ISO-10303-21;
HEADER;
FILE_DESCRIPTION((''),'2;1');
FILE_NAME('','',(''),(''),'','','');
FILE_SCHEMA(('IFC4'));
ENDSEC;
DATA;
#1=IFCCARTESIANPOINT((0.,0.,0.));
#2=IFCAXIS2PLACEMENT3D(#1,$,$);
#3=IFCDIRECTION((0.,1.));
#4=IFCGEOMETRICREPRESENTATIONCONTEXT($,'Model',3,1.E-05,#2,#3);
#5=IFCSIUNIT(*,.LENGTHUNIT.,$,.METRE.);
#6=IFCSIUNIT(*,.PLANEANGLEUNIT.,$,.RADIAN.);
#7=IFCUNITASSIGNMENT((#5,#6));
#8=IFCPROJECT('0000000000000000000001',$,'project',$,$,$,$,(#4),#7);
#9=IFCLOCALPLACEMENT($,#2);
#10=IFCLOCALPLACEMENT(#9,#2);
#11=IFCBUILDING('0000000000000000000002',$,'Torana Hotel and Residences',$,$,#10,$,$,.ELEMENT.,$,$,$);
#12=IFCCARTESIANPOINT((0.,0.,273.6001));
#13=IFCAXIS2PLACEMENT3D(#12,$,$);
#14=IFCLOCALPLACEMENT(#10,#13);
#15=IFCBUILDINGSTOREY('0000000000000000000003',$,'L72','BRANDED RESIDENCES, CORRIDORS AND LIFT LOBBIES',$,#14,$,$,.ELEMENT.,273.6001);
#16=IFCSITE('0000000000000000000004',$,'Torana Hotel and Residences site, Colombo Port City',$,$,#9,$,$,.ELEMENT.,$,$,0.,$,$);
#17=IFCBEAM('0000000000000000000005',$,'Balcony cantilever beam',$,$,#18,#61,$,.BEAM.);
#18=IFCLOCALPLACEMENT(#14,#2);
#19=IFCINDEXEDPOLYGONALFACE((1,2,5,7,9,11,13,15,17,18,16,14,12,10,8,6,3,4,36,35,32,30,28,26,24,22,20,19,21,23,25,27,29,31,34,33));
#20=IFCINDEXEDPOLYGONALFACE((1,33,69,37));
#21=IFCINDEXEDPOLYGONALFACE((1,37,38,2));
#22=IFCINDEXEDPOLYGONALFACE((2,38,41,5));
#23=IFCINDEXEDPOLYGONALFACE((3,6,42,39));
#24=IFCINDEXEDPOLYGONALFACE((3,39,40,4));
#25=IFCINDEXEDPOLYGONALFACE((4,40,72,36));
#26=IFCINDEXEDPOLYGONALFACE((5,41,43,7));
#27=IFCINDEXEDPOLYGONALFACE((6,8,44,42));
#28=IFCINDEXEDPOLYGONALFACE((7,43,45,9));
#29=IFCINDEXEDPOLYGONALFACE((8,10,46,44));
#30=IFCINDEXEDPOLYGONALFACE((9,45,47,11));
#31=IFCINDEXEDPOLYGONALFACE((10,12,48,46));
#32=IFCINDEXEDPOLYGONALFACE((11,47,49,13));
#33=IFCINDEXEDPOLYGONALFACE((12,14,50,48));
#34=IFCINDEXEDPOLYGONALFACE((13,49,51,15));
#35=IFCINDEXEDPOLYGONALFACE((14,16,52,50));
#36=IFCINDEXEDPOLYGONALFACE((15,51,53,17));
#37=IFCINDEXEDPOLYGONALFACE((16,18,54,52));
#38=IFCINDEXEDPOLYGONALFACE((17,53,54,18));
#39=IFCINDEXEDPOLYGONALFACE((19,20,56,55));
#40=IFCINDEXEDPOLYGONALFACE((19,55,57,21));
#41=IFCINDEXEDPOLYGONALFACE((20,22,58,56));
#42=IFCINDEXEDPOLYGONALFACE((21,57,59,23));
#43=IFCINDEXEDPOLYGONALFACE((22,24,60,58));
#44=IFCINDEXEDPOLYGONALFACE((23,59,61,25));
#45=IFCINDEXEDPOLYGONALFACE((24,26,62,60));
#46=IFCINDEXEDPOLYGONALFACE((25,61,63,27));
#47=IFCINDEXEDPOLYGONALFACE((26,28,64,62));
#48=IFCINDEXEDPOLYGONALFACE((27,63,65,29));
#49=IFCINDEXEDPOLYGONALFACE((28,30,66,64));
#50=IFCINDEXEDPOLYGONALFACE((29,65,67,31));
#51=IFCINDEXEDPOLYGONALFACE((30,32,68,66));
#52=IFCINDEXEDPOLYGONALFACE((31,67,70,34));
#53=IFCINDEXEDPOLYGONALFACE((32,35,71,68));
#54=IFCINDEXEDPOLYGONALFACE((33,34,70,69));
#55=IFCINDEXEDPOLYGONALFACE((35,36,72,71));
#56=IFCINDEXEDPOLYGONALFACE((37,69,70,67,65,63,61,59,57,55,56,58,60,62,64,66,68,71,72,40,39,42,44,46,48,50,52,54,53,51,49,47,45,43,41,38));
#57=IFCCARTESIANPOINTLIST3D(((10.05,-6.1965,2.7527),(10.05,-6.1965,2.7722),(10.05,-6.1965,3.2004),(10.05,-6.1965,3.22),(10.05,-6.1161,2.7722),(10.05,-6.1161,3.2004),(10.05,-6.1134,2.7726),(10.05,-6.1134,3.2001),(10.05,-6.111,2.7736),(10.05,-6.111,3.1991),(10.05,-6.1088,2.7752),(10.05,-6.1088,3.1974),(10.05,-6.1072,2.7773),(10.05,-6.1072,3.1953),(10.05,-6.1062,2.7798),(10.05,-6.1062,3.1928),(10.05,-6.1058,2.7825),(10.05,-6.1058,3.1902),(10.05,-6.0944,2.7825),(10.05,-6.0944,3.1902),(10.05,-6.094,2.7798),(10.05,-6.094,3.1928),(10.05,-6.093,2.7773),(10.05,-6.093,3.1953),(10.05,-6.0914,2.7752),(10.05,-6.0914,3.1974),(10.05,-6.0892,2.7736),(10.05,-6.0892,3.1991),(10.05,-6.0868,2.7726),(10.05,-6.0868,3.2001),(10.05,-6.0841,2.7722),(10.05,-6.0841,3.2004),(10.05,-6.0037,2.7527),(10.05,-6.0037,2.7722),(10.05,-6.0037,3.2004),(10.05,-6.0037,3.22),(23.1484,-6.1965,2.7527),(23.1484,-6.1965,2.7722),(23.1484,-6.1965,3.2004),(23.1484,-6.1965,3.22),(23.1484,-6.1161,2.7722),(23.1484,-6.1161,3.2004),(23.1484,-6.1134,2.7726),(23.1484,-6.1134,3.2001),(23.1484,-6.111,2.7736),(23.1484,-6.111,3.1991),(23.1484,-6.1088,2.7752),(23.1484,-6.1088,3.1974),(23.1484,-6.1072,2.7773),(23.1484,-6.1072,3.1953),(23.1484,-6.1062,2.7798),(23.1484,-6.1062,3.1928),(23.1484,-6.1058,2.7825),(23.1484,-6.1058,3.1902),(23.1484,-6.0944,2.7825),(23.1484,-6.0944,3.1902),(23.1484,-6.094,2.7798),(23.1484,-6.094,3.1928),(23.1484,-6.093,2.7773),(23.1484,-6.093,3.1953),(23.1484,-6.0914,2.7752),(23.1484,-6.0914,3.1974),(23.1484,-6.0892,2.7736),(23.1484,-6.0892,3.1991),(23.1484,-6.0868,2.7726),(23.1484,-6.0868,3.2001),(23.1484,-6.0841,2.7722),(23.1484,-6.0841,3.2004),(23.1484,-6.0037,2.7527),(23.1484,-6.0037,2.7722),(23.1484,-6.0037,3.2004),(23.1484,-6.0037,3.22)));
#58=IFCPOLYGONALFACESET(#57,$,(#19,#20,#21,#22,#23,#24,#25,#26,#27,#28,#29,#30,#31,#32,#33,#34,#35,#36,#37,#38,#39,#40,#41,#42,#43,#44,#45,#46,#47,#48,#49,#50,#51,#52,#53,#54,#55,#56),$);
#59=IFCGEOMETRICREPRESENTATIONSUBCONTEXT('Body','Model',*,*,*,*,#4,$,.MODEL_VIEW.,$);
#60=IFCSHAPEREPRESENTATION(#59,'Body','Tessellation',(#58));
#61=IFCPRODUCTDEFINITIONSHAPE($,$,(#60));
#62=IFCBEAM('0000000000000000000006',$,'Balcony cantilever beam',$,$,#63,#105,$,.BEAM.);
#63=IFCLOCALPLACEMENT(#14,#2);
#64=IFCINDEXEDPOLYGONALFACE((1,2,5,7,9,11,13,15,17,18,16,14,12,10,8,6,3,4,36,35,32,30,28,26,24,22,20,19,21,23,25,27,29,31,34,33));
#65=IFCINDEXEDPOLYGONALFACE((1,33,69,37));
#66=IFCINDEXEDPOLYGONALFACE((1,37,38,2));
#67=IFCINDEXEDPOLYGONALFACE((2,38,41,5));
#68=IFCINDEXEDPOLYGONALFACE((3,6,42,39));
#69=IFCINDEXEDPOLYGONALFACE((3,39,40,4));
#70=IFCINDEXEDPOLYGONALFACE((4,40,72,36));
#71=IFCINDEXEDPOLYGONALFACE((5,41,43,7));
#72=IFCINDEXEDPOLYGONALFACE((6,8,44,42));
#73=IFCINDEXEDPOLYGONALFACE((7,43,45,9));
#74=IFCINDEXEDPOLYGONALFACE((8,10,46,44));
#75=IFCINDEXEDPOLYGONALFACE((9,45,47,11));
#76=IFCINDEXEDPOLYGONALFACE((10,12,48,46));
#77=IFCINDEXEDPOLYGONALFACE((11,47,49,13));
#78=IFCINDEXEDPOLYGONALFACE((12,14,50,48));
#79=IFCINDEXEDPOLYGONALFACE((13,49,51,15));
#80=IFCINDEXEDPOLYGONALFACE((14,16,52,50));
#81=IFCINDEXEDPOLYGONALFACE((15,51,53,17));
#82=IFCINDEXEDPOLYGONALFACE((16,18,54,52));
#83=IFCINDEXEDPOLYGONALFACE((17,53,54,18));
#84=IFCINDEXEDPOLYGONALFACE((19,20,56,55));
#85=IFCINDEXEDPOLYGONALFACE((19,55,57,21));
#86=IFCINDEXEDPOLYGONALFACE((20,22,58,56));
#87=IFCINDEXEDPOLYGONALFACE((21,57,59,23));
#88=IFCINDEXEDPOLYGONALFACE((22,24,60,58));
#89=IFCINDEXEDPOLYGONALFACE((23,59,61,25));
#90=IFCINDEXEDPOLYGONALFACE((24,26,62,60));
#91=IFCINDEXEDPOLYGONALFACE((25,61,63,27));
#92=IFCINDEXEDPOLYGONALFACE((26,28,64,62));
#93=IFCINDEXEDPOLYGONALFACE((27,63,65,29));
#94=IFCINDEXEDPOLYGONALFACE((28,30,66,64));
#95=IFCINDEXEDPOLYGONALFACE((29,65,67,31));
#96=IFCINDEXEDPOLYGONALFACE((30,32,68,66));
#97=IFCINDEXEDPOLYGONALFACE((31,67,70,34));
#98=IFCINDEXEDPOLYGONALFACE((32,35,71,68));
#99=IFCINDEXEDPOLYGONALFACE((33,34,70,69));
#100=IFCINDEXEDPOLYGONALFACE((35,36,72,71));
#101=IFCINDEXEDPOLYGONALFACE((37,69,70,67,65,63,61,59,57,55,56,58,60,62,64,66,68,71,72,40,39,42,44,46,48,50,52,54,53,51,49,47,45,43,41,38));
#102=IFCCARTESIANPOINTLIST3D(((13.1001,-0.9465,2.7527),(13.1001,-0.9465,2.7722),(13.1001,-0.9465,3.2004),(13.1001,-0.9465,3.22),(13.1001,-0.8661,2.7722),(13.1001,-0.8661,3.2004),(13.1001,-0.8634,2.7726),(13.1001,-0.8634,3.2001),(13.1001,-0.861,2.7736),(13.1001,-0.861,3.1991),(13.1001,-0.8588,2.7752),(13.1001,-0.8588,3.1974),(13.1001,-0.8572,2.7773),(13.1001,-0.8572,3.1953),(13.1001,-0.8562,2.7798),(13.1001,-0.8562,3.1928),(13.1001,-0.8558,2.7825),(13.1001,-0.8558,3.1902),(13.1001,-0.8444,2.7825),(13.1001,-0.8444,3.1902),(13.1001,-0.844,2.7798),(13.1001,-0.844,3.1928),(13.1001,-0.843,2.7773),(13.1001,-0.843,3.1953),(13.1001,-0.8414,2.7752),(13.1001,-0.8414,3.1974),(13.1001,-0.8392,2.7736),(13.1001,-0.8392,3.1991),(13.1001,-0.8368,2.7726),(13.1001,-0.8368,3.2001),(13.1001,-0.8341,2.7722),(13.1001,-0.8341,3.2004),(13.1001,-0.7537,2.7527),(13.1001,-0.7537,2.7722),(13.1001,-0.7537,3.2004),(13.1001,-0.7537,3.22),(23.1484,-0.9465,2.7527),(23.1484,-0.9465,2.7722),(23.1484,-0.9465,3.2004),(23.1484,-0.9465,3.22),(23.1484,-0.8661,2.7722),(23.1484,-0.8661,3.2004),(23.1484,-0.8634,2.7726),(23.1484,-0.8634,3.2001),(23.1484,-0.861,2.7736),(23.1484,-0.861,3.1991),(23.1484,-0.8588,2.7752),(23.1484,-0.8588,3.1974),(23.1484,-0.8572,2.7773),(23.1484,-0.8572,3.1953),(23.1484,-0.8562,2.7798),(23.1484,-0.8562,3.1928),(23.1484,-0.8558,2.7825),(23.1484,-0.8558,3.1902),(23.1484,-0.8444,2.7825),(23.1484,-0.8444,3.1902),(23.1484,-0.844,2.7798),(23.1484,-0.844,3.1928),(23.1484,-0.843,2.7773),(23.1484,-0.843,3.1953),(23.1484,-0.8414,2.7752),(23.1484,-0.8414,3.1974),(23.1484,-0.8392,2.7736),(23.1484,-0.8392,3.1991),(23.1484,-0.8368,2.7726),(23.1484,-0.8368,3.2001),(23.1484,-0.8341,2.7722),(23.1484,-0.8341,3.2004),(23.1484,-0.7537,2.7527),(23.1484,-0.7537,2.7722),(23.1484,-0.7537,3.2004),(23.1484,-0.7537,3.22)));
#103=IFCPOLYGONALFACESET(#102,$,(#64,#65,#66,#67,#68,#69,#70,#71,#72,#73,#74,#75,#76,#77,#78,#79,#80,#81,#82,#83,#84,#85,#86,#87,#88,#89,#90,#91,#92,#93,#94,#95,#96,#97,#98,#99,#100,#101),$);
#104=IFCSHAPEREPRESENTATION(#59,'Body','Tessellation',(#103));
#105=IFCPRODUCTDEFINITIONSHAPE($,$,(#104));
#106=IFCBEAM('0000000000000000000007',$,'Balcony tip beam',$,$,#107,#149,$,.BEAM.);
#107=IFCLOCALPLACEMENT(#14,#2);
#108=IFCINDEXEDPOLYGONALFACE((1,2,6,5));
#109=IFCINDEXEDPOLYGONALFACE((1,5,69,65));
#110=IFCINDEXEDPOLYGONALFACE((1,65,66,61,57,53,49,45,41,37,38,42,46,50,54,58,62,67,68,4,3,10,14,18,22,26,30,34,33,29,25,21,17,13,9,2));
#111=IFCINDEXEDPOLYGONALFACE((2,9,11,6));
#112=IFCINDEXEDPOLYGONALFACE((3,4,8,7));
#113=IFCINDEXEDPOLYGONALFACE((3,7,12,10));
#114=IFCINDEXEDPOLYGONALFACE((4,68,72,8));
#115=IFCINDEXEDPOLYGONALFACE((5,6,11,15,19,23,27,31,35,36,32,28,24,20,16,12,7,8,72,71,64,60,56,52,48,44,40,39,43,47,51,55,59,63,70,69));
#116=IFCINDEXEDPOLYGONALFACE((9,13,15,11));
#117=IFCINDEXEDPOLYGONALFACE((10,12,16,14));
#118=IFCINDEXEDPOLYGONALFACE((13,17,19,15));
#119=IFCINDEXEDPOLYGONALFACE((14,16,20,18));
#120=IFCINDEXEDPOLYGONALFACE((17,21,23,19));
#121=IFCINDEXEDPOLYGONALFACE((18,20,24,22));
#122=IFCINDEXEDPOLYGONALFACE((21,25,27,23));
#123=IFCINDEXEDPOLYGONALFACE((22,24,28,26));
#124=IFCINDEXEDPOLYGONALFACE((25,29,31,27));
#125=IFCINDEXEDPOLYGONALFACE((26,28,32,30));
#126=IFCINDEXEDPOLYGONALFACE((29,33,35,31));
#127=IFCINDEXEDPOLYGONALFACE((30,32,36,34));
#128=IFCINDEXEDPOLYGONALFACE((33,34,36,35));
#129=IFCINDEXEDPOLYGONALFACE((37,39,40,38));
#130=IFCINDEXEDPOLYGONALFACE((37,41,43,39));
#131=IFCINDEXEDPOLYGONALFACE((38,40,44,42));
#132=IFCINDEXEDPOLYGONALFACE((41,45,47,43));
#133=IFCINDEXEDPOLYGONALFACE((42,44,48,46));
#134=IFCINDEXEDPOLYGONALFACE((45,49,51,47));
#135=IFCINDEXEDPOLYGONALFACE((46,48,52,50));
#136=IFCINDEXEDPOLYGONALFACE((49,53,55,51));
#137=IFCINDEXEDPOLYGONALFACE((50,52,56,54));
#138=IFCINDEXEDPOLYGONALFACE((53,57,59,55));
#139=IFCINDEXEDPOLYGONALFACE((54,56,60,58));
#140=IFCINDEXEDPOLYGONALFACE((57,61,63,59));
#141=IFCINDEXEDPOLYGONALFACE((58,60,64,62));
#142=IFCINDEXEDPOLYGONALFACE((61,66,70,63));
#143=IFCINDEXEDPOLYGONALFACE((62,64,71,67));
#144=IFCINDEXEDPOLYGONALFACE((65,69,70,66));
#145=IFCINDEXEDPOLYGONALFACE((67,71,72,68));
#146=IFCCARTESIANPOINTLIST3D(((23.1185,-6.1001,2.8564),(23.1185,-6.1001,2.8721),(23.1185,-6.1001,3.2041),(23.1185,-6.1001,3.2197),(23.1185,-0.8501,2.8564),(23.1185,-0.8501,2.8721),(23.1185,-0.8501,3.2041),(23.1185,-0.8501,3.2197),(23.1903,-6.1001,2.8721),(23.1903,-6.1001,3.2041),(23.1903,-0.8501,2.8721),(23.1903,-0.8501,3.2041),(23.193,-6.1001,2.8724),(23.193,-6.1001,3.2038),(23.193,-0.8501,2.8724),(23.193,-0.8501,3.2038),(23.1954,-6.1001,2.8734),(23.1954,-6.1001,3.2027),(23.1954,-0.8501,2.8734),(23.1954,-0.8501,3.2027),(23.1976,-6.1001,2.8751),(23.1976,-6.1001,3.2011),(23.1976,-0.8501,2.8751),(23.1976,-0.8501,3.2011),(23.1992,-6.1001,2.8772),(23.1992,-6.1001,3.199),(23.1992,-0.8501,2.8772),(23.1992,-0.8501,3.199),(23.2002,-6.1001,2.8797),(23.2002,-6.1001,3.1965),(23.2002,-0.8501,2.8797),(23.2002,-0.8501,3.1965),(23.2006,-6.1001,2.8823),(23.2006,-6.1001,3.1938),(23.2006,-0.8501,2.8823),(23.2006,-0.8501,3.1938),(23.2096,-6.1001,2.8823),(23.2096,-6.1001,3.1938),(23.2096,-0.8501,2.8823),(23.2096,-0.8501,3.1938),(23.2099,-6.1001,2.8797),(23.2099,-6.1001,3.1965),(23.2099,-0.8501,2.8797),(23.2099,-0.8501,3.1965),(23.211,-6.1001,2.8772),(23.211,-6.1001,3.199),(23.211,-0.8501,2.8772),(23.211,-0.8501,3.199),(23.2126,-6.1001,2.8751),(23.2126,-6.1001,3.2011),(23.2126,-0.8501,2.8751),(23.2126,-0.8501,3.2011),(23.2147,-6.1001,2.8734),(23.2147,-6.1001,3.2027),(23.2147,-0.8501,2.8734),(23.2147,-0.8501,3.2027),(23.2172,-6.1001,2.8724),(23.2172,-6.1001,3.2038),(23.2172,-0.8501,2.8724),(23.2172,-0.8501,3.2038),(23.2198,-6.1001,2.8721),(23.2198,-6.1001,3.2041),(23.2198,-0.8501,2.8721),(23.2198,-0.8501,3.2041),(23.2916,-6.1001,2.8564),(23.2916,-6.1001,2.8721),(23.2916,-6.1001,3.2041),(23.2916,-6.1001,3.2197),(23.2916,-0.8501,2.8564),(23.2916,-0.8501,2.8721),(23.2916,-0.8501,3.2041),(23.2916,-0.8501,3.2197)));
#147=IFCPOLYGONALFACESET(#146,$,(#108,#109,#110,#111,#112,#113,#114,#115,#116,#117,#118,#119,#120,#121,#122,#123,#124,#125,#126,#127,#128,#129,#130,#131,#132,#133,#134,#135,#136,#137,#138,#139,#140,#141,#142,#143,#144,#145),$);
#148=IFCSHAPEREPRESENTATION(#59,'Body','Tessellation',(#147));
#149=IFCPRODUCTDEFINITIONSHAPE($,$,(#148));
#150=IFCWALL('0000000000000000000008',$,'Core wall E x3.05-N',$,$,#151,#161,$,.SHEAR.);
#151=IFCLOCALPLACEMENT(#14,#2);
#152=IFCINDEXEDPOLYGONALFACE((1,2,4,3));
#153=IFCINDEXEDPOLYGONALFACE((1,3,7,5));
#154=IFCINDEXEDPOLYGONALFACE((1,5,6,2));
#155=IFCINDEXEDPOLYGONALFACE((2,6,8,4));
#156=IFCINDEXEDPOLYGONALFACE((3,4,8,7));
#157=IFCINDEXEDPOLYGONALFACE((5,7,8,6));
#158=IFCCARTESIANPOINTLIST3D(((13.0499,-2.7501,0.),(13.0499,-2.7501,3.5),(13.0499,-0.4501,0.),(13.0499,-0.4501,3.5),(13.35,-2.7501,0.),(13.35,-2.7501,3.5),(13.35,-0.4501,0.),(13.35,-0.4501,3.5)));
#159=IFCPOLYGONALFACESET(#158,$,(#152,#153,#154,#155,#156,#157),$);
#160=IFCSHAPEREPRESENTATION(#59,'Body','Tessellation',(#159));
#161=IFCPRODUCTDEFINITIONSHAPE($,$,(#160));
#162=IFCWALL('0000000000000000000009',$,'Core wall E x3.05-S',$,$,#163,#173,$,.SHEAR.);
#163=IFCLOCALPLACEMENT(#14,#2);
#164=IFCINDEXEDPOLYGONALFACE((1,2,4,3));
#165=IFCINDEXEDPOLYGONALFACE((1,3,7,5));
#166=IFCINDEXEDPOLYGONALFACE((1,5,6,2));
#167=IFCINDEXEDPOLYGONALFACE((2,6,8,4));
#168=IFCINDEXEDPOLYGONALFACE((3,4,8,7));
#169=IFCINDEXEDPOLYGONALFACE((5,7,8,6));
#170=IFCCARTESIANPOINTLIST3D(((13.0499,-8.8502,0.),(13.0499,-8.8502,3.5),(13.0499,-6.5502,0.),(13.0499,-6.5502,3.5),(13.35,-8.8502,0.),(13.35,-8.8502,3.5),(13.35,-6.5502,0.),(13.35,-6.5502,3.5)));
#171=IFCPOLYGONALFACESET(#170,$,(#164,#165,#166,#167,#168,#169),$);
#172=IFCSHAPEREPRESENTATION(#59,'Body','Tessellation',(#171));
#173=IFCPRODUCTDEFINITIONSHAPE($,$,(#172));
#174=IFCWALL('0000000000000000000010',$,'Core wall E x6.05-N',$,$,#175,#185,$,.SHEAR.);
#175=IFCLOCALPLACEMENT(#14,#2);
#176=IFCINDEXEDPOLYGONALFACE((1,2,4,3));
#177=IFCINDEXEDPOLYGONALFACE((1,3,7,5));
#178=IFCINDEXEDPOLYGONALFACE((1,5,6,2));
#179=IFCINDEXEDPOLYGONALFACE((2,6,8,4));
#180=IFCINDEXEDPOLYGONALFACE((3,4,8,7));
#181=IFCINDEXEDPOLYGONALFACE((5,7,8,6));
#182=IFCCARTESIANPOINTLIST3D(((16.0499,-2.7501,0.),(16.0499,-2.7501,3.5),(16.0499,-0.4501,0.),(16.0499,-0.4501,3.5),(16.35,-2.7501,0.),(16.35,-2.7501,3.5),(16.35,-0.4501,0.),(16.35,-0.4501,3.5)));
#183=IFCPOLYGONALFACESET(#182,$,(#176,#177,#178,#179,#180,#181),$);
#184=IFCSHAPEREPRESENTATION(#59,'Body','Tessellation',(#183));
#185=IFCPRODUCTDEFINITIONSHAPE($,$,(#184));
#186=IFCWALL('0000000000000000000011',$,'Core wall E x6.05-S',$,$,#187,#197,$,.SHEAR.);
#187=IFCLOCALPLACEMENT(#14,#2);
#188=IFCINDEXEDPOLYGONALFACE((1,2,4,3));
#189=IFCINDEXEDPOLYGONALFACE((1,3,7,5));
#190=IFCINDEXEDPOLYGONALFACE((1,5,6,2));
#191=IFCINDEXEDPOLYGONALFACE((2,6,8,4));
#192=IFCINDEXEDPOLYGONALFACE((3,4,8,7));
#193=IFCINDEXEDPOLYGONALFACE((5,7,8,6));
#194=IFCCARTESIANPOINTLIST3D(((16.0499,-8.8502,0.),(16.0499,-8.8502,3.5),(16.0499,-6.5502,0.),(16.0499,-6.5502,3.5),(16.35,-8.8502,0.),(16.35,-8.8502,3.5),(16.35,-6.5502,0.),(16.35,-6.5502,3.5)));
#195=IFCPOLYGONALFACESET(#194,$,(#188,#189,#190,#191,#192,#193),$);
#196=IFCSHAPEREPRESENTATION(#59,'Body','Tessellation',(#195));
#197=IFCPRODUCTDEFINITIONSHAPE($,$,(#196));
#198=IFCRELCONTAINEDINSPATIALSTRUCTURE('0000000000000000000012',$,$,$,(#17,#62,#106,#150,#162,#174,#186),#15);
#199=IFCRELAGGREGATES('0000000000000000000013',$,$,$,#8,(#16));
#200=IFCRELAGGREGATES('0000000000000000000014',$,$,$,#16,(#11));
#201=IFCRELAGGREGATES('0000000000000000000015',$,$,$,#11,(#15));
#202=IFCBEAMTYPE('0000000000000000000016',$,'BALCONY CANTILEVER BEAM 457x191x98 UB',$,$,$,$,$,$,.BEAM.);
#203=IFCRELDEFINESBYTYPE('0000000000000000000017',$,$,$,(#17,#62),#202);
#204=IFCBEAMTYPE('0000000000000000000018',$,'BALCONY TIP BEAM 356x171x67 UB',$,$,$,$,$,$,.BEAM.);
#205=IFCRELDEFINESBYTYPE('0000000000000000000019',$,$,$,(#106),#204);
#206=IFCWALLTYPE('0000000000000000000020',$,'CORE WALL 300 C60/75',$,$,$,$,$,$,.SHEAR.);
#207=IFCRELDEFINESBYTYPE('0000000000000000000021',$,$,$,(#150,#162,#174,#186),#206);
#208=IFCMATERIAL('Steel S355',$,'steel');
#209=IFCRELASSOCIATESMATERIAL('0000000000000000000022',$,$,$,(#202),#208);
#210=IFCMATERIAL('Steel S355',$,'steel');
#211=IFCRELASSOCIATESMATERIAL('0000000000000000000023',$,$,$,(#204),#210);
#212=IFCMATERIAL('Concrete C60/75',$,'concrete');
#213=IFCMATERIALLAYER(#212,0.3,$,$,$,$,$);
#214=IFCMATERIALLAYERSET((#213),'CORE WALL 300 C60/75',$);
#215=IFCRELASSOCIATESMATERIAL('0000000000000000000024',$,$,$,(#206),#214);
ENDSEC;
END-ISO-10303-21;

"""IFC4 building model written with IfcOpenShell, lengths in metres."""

from ifc_helpers import new_model, si_unit, direction, frame, frame_2d, origin, origin_2d, place, context, subcontext, project, spatial, rectangle, i_section, extrude, material, layer, layer_set, material_profile, profile_set, type_object, element, save


model = new_model("IFC4")

# Units and contexts
model_context = context("Model", 3, precision=1e-05, world=origin(), true_north=direction((0.0, 1.0)))
body_context = subcontext(model_context, "Body", "Model", "MODEL_VIEW")
ifc_project = project(units=[si_unit("LENGTHUNIT", "METRE"), si_unit("PLANEANGLEUNIT", "RADIAN")], contexts=[model_context])

# Site, building, storey
site_placement = place(None, origin())
site = spatial("IfcSite", under=ifc_project, at=site_placement, Name="Torana Hotel and Residences site, Colombo Port City", CompositionType="ELEMENT", RefElevation=0.0)
building_placement = place(site_placement, origin())
building = spatial("IfcBuilding", under=site, at=building_placement, Name="Torana Hotel and Residences", CompositionType="ELEMENT")
storey_placement = place(building_placement, frame((0.0, 0.0, 273.6001)))
storey = spatial("IfcBuildingStorey", under=building, at=storey_placement, Name="L72", Description="BRANDED RESIDENCES, CORRIDORS AND LIFT LOBBIES", CompositionType="ELEMENT", Elevation=273.6001)

# Beams
ifc_material_1 = material(Name="Steel S355", Category="steel")
ifc_material_profile_1 = material_profile(ifc_material_1, i_section(OverallWidth=0.1929, OverallDepth=0.4673, WebThickness=0.0115, FlangeThickness=0.0195, FilletRadius=0.0103, at=origin_2d()), Name="457x191x98 UB")
ifc_profile_set_1 = profile_set([ifc_material_profile_1], Name="Steel S355")
beam_type_1 = type_object("IfcBeamType", Name="BALCONY CANTILEVER BEAM 457x191x98 UB", PredefinedType="BEAM", material=ifc_profile_set_1)
beam_1_placement = place(storey_placement, frame((23.1484, -6.1001, 2.9863), z_axis=(-1.0, 0.0, 0.0), x_axis=(0.0, -1.0, 0.0)))
element("IfcBeam", 1, at=beam_1_placement, inside=storey, type_object=beam_type_1, Name="Balcony cantilever beam", PredefinedType="BEAM", context=body_context, shape_type="SweptSolid", body=[
    extrude(i_section(OverallWidth=0.1929, OverallDepth=0.4673, WebThickness=0.0115, FlangeThickness=0.0195, FilletRadius=0.0103, at=origin_2d()), origin(), (0.0, 0.0, 1.0), 13.0984),
])
beam_2_placement = place(storey_placement, frame((23.1484, -0.8501, 2.9863), z_axis=(-1.0, 0.0, 0.0), x_axis=(0.0, -1.0, 0.0)))
element("IfcBeam", 2, at=beam_2_placement, inside=storey, type_object=beam_type_1, Name="Balcony cantilever beam", PredefinedType="BEAM", context=body_context, shape_type="SweptSolid", body=[
    extrude(i_section(OverallWidth=0.1929, OverallDepth=0.4673, WebThickness=0.0115, FlangeThickness=0.0195, FilletRadius=0.0103, at=origin_2d()), origin(), (0.0, 0.0, 1.0), 10.0483),
])
ifc_material_2 = material(Name="Steel S355", Category="steel")
ifc_material_profile_2 = material_profile(ifc_material_2, i_section(OverallWidth=0.1731, OverallDepth=0.3633, WebThickness=0.009, FlangeThickness=0.0156, FilletRadius=0.0103, at=origin_2d()), Name="356x171x67 UB")
ifc_profile_set_2 = profile_set([ifc_material_profile_2], Name="Steel S355")
beam_type_2 = type_object("IfcBeamType", Name="BALCONY TIP BEAM 356x171x67 UB", PredefinedType="BEAM", material=ifc_profile_set_2)
beam_3_placement = place(storey_placement, frame((23.2051, -6.1001, 3.0381), z_axis=(0.0, 1.0, 0.0), x_axis=(-1.0, 0.0, 0.0)))
element("IfcBeam", 3, at=beam_3_placement, inside=storey, type_object=beam_type_2, Name="Balcony tip beam", PredefinedType="BEAM", context=body_context, shape_type="SweptSolid", body=[
    extrude(i_section(OverallWidth=0.1731, OverallDepth=0.3633, WebThickness=0.009, FlangeThickness=0.0156, FilletRadius=0.0103, at=origin_2d()), origin(), (0.0, 0.0, 1.0), 5.25),
])

# Walls
ifc_material_3 = material(Name="Concrete C60/75", Category="concrete")
ifc_layer_1 = layer(ifc_material_3, 0.3)
ifc_layer_set_1 = layer_set([ifc_layer_1], Name="CORE WALL 300 C60/75")
wall_type_1 = type_object("IfcWallType", Name="CORE WALL 300 C60/75", PredefinedType="SHEAR", material=ifc_layer_set_1)
for number, where, z_axis, x_axis, name in (
    (4, (13.2, -2.75, 0.0), (0.0, 0.0, 1.0), (0.0, 1.0, 0.0), "Core wall E x3.05-N"),
    (5, (13.2, -8.8501, 0.0), (0.0, 0.0, 1.0), (0.0, 1.0, 0.0), "Core wall E x3.05-S"),
    (6, (16.2, -2.75, 0.0), (0.0, 0.0, 1.0), (0.0, 1.0, 0.0), "Core wall E x6.05-N"),
    (7, (16.2, -8.8501, 0.0), (0.0, 0.0, 1.0), (0.0, 1.0, 0.0), "Core wall E x6.05-S"),
):
    element("IfcWall", number, at=place(storey_placement, frame(where, z_axis=z_axis, x_axis=x_axis)), inside=storey, type_object=wall_type_1, Name=name, PredefinedType="SHEAR", context=body_context, shape_type="SweptSolid", body=[
        extrude(rectangle(XDim=2.3, YDim=0.3, at=frame_2d((1.1499, 0.0))), origin(), (0.0, 0.0, 1.0), 3.5),
    ])

save(model, "model.ifc")
